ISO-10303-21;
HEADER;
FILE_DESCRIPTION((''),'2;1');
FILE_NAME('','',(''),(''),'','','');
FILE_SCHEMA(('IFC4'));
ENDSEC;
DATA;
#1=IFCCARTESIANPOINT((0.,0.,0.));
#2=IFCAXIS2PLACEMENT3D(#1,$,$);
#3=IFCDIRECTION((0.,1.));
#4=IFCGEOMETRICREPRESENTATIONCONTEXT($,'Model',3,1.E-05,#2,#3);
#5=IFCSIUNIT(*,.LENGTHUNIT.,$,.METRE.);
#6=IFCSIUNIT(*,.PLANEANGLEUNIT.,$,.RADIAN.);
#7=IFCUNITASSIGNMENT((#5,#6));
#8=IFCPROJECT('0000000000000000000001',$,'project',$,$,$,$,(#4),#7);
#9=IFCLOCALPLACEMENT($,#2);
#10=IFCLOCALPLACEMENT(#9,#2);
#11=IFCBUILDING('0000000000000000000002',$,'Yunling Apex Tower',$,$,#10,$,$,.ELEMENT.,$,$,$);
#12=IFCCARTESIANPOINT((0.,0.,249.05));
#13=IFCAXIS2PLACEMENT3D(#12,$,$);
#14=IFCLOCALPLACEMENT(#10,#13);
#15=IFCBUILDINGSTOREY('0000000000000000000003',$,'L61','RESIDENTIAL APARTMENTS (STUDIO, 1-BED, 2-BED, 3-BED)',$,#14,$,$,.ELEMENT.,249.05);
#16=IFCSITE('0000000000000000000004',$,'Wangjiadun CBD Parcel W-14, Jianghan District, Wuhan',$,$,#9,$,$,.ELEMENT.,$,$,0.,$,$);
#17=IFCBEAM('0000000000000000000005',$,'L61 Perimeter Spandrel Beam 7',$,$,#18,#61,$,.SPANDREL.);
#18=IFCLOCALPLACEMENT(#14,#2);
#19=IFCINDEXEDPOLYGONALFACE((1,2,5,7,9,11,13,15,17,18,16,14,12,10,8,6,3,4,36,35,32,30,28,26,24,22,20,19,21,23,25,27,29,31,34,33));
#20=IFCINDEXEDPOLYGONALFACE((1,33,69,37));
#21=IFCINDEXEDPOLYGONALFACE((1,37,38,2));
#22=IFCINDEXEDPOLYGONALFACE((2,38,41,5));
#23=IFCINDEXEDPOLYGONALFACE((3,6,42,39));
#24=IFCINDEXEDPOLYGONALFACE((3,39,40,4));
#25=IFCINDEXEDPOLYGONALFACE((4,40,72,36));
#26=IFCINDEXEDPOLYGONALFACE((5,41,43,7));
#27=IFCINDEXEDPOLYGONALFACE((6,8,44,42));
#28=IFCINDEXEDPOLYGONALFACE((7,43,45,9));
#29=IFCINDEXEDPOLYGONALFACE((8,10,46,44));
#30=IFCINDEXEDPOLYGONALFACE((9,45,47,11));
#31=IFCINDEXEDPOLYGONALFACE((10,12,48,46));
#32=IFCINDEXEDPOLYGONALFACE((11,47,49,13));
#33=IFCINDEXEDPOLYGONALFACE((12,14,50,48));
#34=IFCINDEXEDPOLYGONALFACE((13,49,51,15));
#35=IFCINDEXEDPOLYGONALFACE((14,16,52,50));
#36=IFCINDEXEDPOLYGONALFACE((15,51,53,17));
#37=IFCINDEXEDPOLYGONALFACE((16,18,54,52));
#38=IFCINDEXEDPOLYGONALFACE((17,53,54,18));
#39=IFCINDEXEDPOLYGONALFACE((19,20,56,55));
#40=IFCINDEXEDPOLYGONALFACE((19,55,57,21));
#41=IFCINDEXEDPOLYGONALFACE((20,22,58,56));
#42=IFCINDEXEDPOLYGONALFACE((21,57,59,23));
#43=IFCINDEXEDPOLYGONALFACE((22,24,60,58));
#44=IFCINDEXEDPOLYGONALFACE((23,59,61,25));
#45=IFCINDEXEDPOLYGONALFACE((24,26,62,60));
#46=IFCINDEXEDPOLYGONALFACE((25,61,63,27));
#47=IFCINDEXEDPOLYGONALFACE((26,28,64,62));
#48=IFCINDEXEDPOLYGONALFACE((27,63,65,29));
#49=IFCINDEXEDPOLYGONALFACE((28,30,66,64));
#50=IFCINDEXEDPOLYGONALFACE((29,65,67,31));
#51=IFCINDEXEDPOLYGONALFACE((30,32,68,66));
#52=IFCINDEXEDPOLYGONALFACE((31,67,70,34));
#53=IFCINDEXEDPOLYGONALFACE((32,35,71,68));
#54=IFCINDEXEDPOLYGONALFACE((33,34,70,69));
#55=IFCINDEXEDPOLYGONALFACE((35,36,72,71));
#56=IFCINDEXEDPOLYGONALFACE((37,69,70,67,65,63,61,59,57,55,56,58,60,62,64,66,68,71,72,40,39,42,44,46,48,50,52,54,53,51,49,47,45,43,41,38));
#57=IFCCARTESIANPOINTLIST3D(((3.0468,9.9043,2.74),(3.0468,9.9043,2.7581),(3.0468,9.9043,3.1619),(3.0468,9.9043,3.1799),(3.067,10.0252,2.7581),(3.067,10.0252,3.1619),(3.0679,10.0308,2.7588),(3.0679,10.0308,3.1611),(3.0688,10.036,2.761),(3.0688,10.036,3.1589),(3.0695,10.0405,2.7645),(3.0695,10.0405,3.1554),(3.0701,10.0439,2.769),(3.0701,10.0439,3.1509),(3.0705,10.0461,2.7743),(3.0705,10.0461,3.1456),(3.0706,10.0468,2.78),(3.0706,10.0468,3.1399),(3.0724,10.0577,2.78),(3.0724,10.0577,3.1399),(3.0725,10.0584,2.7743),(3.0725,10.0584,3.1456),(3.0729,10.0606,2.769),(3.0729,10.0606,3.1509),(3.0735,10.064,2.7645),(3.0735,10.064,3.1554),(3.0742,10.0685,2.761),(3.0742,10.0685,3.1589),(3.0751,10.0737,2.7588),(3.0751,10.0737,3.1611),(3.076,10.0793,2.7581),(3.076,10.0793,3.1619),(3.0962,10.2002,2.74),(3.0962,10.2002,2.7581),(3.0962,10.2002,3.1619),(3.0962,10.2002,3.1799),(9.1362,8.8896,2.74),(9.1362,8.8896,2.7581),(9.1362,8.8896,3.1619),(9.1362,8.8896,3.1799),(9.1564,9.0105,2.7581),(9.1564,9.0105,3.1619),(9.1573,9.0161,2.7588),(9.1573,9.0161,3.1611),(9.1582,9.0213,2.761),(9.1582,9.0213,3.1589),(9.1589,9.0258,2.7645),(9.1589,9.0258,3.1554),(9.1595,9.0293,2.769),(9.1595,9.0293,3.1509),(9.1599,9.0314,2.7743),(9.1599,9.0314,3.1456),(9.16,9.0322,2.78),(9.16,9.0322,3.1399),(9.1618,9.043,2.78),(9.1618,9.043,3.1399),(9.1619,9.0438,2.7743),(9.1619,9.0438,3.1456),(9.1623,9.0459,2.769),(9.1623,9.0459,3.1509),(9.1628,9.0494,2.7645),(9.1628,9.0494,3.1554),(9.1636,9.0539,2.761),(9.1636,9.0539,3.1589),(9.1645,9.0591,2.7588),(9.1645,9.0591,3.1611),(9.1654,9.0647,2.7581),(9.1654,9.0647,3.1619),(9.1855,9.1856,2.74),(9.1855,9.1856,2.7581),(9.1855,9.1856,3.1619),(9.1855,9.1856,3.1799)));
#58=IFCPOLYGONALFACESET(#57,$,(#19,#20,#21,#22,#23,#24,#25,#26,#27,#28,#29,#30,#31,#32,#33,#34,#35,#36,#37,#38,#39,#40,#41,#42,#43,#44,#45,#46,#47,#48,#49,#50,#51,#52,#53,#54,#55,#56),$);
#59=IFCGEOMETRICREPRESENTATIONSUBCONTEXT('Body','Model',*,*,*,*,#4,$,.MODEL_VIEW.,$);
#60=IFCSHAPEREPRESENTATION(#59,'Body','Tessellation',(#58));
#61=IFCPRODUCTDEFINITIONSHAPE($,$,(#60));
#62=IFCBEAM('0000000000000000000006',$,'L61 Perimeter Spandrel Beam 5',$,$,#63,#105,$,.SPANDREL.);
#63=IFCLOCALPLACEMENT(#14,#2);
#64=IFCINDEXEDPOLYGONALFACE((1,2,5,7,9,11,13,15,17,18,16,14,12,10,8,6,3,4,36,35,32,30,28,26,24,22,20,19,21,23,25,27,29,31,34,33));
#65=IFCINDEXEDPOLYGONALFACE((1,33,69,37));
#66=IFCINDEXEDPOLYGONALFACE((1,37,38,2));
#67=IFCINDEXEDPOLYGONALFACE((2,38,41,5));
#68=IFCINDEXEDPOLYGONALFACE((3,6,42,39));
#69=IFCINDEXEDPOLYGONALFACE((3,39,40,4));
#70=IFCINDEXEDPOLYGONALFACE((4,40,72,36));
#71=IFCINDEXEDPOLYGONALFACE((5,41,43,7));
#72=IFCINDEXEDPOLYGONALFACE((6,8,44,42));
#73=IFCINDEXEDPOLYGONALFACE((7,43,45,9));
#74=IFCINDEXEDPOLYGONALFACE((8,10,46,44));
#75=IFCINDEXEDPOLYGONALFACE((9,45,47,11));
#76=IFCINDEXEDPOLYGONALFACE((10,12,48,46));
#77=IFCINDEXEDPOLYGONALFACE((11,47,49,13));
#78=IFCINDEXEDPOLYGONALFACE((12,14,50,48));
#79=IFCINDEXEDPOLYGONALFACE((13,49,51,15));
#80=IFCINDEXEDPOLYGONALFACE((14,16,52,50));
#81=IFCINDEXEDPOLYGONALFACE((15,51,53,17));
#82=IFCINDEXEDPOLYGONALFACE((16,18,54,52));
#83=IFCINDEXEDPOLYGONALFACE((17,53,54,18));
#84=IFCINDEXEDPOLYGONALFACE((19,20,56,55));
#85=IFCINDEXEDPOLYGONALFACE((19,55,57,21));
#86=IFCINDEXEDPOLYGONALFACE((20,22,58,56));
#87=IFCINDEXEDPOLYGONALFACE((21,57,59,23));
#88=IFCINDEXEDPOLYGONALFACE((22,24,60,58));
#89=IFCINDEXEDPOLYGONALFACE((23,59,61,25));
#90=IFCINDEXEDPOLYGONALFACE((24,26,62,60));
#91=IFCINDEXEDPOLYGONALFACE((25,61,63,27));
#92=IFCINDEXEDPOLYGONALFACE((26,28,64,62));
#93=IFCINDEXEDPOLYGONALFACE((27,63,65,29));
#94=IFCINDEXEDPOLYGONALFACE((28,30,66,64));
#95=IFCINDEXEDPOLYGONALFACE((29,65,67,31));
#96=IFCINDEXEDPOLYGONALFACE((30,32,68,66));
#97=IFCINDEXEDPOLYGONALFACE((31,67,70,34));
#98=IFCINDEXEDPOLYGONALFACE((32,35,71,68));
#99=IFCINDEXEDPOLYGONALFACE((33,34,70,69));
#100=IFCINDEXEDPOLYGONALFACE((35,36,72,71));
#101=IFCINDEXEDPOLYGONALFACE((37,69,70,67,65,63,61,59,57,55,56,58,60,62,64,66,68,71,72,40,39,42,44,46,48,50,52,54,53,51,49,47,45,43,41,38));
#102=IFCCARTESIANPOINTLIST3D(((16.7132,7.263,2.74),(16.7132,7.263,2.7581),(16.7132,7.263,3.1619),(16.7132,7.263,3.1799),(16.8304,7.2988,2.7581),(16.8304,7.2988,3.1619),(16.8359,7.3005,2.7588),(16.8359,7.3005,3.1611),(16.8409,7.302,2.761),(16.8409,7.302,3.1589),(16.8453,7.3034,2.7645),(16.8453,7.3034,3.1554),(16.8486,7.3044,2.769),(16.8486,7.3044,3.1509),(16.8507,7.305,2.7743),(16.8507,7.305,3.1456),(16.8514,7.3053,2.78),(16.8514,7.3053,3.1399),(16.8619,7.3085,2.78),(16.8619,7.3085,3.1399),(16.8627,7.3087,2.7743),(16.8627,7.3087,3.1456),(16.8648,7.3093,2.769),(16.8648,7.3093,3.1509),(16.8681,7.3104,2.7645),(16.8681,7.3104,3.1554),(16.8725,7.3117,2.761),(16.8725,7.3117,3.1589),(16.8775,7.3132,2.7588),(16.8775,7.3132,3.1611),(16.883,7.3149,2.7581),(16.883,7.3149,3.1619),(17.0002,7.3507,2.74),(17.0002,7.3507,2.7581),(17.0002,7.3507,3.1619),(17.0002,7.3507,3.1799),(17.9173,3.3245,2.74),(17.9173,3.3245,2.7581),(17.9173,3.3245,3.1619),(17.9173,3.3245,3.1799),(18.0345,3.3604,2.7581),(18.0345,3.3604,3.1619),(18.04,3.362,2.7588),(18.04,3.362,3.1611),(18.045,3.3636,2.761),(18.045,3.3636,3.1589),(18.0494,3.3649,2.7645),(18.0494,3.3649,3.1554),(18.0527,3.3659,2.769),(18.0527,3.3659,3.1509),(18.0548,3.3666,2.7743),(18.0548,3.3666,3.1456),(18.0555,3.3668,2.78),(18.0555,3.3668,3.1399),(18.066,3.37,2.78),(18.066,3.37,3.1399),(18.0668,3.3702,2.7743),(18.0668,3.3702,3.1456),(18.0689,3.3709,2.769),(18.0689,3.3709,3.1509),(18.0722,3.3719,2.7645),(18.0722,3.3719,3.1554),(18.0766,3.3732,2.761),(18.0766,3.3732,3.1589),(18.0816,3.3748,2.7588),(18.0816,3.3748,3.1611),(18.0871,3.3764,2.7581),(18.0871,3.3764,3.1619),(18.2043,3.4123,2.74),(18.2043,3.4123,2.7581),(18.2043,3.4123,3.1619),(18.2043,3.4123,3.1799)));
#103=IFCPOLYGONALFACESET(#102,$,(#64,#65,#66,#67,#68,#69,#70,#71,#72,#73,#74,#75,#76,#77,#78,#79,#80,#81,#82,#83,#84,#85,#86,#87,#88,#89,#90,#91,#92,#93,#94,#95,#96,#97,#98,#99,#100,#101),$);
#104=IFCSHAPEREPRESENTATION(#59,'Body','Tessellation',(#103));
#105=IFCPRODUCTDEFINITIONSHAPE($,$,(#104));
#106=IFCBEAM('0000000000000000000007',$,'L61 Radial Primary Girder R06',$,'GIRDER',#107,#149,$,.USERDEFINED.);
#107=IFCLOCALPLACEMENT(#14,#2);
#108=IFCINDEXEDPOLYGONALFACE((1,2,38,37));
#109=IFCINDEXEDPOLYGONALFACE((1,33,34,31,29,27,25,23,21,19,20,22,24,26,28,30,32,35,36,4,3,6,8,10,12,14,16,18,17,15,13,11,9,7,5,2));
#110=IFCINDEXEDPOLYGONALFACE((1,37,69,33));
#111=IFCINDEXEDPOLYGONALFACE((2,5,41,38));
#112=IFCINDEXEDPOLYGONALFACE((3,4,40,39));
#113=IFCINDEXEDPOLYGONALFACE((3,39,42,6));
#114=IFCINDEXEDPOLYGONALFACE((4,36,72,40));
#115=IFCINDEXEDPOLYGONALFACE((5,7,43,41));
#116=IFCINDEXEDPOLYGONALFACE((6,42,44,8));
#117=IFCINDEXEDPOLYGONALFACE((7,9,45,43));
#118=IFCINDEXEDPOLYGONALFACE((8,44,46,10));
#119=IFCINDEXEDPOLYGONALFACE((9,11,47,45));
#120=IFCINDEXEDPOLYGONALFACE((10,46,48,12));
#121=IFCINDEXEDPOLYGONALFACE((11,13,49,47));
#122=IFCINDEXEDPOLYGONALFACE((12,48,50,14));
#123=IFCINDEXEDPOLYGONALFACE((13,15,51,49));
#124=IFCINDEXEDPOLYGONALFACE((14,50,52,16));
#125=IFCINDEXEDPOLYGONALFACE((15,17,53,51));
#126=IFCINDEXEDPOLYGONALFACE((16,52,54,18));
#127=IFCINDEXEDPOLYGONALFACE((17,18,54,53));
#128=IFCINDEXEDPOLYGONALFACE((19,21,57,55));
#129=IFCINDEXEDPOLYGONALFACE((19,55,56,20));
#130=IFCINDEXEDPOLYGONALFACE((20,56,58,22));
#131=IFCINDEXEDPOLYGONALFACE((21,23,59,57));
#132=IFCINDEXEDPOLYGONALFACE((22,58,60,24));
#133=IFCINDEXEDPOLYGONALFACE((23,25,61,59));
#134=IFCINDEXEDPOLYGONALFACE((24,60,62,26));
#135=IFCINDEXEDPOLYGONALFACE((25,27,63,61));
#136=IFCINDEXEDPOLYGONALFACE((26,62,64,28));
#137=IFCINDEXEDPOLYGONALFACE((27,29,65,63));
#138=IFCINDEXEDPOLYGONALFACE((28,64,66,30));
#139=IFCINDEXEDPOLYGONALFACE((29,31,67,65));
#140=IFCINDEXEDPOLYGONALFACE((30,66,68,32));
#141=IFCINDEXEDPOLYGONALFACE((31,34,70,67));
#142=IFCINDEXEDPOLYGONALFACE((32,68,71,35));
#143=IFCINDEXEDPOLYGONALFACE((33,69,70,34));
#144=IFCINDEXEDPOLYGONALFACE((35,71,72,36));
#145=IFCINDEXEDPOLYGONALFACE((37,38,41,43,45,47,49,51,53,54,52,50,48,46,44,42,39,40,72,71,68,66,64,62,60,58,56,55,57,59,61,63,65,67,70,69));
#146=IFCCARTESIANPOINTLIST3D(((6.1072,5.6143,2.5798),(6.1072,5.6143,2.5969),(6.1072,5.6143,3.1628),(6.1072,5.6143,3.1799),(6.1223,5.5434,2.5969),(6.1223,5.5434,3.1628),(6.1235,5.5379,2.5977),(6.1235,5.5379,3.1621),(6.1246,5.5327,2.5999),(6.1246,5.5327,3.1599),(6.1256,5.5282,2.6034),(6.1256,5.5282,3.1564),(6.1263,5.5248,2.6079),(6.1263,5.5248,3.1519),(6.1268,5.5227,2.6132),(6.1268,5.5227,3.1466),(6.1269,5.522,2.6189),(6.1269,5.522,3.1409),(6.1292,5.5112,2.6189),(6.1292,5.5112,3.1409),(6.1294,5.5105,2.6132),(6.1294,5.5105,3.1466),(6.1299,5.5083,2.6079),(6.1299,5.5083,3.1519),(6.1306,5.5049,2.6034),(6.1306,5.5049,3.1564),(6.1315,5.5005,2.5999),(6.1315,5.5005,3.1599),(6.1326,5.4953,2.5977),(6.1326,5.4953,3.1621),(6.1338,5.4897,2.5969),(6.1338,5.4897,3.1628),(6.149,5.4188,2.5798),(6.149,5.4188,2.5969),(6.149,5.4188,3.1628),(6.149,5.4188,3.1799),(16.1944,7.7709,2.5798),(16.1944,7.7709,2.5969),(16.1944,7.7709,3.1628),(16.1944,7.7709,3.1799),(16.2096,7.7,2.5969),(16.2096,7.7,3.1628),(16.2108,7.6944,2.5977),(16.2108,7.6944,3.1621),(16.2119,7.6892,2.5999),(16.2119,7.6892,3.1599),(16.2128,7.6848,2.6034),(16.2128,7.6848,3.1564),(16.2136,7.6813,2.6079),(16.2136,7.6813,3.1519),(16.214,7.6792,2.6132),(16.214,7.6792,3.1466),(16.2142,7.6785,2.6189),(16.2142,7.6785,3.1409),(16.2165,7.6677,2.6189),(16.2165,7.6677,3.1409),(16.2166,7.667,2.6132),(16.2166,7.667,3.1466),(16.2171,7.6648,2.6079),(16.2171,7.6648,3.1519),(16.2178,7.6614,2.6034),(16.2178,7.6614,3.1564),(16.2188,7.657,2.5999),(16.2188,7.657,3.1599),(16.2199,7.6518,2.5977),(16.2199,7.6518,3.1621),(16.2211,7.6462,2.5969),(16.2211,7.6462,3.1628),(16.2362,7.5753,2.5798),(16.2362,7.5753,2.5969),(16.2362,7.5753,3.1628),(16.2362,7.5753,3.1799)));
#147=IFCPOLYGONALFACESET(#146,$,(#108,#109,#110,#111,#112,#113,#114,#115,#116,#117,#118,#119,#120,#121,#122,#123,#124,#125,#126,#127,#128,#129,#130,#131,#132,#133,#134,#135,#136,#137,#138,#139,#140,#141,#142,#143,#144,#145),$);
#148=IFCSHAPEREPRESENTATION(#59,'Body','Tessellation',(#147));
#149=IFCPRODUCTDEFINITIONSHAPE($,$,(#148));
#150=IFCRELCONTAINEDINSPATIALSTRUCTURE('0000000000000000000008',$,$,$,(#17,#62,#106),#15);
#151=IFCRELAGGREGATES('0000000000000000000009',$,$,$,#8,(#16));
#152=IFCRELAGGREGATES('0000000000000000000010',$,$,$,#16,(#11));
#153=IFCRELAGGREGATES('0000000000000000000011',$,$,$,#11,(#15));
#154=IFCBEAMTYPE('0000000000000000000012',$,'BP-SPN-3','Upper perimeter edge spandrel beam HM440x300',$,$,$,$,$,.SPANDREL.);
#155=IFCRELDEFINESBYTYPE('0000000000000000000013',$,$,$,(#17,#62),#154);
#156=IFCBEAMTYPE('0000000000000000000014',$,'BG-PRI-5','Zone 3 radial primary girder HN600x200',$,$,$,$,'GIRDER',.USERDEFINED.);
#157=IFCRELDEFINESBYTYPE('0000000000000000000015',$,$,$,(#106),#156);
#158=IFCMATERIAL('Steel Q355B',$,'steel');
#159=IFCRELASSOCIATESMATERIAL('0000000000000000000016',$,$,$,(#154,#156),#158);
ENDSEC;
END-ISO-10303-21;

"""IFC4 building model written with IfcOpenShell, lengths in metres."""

from ifc_helpers import new_model, si_unit, direction, frame, origin, origin_2d, place, context, subcontext, project, spatial, i_section, extrude, source, transform, mapped, material, material_profile, profile_set, type_object, element, save


model = new_model("IFC4")

# Units and contexts
model_context = context("Model", 3, precision=1e-05, world=origin(), true_north=direction((0.0, 1.0)))
body_context = subcontext(model_context, "Body", "Model", "MODEL_VIEW")
ifc_project = project(units=[si_unit("LENGTHUNIT", "METRE"), si_unit("PLANEANGLEUNIT", "RADIAN")], contexts=[model_context])

# Site, building, storey
site_placement = place(None, origin())
site = spatial("IfcSite", under=ifc_project, at=site_placement, Name="Wangjiadun CBD Parcel W-14, Jianghan District, Wuhan", CompositionType="ELEMENT", RefElevation=0.0)
building_placement = place(site_placement, origin())
building = spatial("IfcBuilding", under=site, at=building_placement, Name="Yunling Apex Tower", CompositionType="ELEMENT")
storey_placement = place(building_placement, frame((0.0, 0.0, 249.05)))
storey = spatial("IfcBuildingStorey", under=building, at=storey_placement, Name="L61", Description="RESIDENTIAL APARTMENTS (STUDIO, 1-BED, 2-BED, 3-BED)", CompositionType="ELEMENT", Elevation=249.05)

# Beams
ifc_material_1 = material(Name="Steel Q355B", Category="steel")
ifc_material_profile_1 = material_profile(ifc_material_1, i_section(OverallWidth=0.3, OverallDepth=0.4399, WebThickness=0.011, FlangeThickness=0.0181, FilletRadius=0.022, at=origin_2d()))
ifc_profile_set_1 = profile_set([ifc_material_profile_1], Name="Steel Q355B")
beam_type_1 = type_object("IfcBeamType", Name="BP-SPN-3", Description="Upper perimeter edge spandrel beam HM440x300", PredefinedType="SPANDREL", material=ifc_profile_set_1)
shared_shape_1 = source(origin(), body_context, "Body", "SweptSolid", [
    extrude(i_section(OverallWidth=0.3, OverallDepth=0.4399, WebThickness=0.011, FlangeThickness=0.0181, FilletRadius=0.022, at=origin_2d()), origin(), (0.0, 0.0, 1.0), 6.1733),
])
for number, where, z_axis, x_axis, name in (
    (1, (9.1609, 9.0376, 2.96), (-0.9864, 0.164361, 0.0), (-0.164361, -0.9864, 0.0), "L61 Perimeter Spandrel Beam 7"),
):
    element("IfcBeam", number, at=place(storey_placement, frame(where, z_axis=z_axis, x_axis=x_axis)), inside=storey, type_object=beam_type_1, Name=name, PredefinedType="SPANDREL", context=body_context, shape_type="MappedRepresentation", body=[
        mapped(shared_shape_1, transform((0.0, 0.0, 0.0), scale=1.0)),
    ])
shared_shape_2 = source(origin(), body_context, "Body", "SweptSolid", [
    extrude(i_section(OverallWidth=0.3, OverallDepth=0.4399, WebThickness=0.011, FlangeThickness=0.0181, FilletRadius=0.022, at=origin_2d()), origin(), (0.0, 0.0, 1.0), 4.1184),
])
beam_1_placement = place(storey_placement, frame((18.0608, 3.3684, 2.96), z_axis=(-0.292369, 0.956306, 0.0), x_axis=(-0.956306, -0.292369, 0.0)))
element("IfcBeam", 2, at=beam_1_placement, inside=storey, type_object=beam_type_1, Name="L61 Perimeter Spandrel Beam 5", PredefinedType="SPANDREL", context=body_context, shape_type="MappedRepresentation", body=[
    mapped(shared_shape_2, transform((0.0, 0.0, 0.0), scale=1.0)),
])
ifc_material_profile_2 = material_profile(ifc_material_1, i_section(OverallWidth=0.2, OverallDepth=0.6001, WebThickness=0.011, FlangeThickness=0.0171, FilletRadius=0.022, at=origin_2d()))
ifc_profile_set_2 = profile_set([ifc_material_profile_2], Name="Steel Q355B")
beam_type_2 = type_object("IfcBeamType", Name="BG-PRI-5", Description="Zone 3 radial primary girder HN600x200", ElementType="GIRDER", PredefinedType="USERDEFINED", material=ifc_profile_set_2)
shared_shape_3 = source(origin(), body_context, "Body", "SweptSolid", [
    extrude(i_section(OverallWidth=0.2, OverallDepth=0.6001, WebThickness=0.011, FlangeThickness=0.0171, FilletRadius=0.022, at=origin_2d()), origin(), (0.0, 0.0, 1.0), 10.3152),
])
beam_2_placement = place(storey_placement, frame((16.2153, 7.6731, 2.8799), z_axis=(-0.977902, -0.209062, 0.0), x_axis=(0.209062, -0.977902, 0.0)))
element("IfcBeam", 3, at=beam_2_placement, inside=storey, type_object=beam_type_2, Name="L61 Radial Primary Girder R06", ObjectType="GIRDER", PredefinedType="USERDEFINED", context=body_context, shape_type="MappedRepresentation", body=[
    mapped(shared_shape_3, transform((0.0, 0.0, 0.0), scale=1.0)),
])

save(model, "model.ifc")
